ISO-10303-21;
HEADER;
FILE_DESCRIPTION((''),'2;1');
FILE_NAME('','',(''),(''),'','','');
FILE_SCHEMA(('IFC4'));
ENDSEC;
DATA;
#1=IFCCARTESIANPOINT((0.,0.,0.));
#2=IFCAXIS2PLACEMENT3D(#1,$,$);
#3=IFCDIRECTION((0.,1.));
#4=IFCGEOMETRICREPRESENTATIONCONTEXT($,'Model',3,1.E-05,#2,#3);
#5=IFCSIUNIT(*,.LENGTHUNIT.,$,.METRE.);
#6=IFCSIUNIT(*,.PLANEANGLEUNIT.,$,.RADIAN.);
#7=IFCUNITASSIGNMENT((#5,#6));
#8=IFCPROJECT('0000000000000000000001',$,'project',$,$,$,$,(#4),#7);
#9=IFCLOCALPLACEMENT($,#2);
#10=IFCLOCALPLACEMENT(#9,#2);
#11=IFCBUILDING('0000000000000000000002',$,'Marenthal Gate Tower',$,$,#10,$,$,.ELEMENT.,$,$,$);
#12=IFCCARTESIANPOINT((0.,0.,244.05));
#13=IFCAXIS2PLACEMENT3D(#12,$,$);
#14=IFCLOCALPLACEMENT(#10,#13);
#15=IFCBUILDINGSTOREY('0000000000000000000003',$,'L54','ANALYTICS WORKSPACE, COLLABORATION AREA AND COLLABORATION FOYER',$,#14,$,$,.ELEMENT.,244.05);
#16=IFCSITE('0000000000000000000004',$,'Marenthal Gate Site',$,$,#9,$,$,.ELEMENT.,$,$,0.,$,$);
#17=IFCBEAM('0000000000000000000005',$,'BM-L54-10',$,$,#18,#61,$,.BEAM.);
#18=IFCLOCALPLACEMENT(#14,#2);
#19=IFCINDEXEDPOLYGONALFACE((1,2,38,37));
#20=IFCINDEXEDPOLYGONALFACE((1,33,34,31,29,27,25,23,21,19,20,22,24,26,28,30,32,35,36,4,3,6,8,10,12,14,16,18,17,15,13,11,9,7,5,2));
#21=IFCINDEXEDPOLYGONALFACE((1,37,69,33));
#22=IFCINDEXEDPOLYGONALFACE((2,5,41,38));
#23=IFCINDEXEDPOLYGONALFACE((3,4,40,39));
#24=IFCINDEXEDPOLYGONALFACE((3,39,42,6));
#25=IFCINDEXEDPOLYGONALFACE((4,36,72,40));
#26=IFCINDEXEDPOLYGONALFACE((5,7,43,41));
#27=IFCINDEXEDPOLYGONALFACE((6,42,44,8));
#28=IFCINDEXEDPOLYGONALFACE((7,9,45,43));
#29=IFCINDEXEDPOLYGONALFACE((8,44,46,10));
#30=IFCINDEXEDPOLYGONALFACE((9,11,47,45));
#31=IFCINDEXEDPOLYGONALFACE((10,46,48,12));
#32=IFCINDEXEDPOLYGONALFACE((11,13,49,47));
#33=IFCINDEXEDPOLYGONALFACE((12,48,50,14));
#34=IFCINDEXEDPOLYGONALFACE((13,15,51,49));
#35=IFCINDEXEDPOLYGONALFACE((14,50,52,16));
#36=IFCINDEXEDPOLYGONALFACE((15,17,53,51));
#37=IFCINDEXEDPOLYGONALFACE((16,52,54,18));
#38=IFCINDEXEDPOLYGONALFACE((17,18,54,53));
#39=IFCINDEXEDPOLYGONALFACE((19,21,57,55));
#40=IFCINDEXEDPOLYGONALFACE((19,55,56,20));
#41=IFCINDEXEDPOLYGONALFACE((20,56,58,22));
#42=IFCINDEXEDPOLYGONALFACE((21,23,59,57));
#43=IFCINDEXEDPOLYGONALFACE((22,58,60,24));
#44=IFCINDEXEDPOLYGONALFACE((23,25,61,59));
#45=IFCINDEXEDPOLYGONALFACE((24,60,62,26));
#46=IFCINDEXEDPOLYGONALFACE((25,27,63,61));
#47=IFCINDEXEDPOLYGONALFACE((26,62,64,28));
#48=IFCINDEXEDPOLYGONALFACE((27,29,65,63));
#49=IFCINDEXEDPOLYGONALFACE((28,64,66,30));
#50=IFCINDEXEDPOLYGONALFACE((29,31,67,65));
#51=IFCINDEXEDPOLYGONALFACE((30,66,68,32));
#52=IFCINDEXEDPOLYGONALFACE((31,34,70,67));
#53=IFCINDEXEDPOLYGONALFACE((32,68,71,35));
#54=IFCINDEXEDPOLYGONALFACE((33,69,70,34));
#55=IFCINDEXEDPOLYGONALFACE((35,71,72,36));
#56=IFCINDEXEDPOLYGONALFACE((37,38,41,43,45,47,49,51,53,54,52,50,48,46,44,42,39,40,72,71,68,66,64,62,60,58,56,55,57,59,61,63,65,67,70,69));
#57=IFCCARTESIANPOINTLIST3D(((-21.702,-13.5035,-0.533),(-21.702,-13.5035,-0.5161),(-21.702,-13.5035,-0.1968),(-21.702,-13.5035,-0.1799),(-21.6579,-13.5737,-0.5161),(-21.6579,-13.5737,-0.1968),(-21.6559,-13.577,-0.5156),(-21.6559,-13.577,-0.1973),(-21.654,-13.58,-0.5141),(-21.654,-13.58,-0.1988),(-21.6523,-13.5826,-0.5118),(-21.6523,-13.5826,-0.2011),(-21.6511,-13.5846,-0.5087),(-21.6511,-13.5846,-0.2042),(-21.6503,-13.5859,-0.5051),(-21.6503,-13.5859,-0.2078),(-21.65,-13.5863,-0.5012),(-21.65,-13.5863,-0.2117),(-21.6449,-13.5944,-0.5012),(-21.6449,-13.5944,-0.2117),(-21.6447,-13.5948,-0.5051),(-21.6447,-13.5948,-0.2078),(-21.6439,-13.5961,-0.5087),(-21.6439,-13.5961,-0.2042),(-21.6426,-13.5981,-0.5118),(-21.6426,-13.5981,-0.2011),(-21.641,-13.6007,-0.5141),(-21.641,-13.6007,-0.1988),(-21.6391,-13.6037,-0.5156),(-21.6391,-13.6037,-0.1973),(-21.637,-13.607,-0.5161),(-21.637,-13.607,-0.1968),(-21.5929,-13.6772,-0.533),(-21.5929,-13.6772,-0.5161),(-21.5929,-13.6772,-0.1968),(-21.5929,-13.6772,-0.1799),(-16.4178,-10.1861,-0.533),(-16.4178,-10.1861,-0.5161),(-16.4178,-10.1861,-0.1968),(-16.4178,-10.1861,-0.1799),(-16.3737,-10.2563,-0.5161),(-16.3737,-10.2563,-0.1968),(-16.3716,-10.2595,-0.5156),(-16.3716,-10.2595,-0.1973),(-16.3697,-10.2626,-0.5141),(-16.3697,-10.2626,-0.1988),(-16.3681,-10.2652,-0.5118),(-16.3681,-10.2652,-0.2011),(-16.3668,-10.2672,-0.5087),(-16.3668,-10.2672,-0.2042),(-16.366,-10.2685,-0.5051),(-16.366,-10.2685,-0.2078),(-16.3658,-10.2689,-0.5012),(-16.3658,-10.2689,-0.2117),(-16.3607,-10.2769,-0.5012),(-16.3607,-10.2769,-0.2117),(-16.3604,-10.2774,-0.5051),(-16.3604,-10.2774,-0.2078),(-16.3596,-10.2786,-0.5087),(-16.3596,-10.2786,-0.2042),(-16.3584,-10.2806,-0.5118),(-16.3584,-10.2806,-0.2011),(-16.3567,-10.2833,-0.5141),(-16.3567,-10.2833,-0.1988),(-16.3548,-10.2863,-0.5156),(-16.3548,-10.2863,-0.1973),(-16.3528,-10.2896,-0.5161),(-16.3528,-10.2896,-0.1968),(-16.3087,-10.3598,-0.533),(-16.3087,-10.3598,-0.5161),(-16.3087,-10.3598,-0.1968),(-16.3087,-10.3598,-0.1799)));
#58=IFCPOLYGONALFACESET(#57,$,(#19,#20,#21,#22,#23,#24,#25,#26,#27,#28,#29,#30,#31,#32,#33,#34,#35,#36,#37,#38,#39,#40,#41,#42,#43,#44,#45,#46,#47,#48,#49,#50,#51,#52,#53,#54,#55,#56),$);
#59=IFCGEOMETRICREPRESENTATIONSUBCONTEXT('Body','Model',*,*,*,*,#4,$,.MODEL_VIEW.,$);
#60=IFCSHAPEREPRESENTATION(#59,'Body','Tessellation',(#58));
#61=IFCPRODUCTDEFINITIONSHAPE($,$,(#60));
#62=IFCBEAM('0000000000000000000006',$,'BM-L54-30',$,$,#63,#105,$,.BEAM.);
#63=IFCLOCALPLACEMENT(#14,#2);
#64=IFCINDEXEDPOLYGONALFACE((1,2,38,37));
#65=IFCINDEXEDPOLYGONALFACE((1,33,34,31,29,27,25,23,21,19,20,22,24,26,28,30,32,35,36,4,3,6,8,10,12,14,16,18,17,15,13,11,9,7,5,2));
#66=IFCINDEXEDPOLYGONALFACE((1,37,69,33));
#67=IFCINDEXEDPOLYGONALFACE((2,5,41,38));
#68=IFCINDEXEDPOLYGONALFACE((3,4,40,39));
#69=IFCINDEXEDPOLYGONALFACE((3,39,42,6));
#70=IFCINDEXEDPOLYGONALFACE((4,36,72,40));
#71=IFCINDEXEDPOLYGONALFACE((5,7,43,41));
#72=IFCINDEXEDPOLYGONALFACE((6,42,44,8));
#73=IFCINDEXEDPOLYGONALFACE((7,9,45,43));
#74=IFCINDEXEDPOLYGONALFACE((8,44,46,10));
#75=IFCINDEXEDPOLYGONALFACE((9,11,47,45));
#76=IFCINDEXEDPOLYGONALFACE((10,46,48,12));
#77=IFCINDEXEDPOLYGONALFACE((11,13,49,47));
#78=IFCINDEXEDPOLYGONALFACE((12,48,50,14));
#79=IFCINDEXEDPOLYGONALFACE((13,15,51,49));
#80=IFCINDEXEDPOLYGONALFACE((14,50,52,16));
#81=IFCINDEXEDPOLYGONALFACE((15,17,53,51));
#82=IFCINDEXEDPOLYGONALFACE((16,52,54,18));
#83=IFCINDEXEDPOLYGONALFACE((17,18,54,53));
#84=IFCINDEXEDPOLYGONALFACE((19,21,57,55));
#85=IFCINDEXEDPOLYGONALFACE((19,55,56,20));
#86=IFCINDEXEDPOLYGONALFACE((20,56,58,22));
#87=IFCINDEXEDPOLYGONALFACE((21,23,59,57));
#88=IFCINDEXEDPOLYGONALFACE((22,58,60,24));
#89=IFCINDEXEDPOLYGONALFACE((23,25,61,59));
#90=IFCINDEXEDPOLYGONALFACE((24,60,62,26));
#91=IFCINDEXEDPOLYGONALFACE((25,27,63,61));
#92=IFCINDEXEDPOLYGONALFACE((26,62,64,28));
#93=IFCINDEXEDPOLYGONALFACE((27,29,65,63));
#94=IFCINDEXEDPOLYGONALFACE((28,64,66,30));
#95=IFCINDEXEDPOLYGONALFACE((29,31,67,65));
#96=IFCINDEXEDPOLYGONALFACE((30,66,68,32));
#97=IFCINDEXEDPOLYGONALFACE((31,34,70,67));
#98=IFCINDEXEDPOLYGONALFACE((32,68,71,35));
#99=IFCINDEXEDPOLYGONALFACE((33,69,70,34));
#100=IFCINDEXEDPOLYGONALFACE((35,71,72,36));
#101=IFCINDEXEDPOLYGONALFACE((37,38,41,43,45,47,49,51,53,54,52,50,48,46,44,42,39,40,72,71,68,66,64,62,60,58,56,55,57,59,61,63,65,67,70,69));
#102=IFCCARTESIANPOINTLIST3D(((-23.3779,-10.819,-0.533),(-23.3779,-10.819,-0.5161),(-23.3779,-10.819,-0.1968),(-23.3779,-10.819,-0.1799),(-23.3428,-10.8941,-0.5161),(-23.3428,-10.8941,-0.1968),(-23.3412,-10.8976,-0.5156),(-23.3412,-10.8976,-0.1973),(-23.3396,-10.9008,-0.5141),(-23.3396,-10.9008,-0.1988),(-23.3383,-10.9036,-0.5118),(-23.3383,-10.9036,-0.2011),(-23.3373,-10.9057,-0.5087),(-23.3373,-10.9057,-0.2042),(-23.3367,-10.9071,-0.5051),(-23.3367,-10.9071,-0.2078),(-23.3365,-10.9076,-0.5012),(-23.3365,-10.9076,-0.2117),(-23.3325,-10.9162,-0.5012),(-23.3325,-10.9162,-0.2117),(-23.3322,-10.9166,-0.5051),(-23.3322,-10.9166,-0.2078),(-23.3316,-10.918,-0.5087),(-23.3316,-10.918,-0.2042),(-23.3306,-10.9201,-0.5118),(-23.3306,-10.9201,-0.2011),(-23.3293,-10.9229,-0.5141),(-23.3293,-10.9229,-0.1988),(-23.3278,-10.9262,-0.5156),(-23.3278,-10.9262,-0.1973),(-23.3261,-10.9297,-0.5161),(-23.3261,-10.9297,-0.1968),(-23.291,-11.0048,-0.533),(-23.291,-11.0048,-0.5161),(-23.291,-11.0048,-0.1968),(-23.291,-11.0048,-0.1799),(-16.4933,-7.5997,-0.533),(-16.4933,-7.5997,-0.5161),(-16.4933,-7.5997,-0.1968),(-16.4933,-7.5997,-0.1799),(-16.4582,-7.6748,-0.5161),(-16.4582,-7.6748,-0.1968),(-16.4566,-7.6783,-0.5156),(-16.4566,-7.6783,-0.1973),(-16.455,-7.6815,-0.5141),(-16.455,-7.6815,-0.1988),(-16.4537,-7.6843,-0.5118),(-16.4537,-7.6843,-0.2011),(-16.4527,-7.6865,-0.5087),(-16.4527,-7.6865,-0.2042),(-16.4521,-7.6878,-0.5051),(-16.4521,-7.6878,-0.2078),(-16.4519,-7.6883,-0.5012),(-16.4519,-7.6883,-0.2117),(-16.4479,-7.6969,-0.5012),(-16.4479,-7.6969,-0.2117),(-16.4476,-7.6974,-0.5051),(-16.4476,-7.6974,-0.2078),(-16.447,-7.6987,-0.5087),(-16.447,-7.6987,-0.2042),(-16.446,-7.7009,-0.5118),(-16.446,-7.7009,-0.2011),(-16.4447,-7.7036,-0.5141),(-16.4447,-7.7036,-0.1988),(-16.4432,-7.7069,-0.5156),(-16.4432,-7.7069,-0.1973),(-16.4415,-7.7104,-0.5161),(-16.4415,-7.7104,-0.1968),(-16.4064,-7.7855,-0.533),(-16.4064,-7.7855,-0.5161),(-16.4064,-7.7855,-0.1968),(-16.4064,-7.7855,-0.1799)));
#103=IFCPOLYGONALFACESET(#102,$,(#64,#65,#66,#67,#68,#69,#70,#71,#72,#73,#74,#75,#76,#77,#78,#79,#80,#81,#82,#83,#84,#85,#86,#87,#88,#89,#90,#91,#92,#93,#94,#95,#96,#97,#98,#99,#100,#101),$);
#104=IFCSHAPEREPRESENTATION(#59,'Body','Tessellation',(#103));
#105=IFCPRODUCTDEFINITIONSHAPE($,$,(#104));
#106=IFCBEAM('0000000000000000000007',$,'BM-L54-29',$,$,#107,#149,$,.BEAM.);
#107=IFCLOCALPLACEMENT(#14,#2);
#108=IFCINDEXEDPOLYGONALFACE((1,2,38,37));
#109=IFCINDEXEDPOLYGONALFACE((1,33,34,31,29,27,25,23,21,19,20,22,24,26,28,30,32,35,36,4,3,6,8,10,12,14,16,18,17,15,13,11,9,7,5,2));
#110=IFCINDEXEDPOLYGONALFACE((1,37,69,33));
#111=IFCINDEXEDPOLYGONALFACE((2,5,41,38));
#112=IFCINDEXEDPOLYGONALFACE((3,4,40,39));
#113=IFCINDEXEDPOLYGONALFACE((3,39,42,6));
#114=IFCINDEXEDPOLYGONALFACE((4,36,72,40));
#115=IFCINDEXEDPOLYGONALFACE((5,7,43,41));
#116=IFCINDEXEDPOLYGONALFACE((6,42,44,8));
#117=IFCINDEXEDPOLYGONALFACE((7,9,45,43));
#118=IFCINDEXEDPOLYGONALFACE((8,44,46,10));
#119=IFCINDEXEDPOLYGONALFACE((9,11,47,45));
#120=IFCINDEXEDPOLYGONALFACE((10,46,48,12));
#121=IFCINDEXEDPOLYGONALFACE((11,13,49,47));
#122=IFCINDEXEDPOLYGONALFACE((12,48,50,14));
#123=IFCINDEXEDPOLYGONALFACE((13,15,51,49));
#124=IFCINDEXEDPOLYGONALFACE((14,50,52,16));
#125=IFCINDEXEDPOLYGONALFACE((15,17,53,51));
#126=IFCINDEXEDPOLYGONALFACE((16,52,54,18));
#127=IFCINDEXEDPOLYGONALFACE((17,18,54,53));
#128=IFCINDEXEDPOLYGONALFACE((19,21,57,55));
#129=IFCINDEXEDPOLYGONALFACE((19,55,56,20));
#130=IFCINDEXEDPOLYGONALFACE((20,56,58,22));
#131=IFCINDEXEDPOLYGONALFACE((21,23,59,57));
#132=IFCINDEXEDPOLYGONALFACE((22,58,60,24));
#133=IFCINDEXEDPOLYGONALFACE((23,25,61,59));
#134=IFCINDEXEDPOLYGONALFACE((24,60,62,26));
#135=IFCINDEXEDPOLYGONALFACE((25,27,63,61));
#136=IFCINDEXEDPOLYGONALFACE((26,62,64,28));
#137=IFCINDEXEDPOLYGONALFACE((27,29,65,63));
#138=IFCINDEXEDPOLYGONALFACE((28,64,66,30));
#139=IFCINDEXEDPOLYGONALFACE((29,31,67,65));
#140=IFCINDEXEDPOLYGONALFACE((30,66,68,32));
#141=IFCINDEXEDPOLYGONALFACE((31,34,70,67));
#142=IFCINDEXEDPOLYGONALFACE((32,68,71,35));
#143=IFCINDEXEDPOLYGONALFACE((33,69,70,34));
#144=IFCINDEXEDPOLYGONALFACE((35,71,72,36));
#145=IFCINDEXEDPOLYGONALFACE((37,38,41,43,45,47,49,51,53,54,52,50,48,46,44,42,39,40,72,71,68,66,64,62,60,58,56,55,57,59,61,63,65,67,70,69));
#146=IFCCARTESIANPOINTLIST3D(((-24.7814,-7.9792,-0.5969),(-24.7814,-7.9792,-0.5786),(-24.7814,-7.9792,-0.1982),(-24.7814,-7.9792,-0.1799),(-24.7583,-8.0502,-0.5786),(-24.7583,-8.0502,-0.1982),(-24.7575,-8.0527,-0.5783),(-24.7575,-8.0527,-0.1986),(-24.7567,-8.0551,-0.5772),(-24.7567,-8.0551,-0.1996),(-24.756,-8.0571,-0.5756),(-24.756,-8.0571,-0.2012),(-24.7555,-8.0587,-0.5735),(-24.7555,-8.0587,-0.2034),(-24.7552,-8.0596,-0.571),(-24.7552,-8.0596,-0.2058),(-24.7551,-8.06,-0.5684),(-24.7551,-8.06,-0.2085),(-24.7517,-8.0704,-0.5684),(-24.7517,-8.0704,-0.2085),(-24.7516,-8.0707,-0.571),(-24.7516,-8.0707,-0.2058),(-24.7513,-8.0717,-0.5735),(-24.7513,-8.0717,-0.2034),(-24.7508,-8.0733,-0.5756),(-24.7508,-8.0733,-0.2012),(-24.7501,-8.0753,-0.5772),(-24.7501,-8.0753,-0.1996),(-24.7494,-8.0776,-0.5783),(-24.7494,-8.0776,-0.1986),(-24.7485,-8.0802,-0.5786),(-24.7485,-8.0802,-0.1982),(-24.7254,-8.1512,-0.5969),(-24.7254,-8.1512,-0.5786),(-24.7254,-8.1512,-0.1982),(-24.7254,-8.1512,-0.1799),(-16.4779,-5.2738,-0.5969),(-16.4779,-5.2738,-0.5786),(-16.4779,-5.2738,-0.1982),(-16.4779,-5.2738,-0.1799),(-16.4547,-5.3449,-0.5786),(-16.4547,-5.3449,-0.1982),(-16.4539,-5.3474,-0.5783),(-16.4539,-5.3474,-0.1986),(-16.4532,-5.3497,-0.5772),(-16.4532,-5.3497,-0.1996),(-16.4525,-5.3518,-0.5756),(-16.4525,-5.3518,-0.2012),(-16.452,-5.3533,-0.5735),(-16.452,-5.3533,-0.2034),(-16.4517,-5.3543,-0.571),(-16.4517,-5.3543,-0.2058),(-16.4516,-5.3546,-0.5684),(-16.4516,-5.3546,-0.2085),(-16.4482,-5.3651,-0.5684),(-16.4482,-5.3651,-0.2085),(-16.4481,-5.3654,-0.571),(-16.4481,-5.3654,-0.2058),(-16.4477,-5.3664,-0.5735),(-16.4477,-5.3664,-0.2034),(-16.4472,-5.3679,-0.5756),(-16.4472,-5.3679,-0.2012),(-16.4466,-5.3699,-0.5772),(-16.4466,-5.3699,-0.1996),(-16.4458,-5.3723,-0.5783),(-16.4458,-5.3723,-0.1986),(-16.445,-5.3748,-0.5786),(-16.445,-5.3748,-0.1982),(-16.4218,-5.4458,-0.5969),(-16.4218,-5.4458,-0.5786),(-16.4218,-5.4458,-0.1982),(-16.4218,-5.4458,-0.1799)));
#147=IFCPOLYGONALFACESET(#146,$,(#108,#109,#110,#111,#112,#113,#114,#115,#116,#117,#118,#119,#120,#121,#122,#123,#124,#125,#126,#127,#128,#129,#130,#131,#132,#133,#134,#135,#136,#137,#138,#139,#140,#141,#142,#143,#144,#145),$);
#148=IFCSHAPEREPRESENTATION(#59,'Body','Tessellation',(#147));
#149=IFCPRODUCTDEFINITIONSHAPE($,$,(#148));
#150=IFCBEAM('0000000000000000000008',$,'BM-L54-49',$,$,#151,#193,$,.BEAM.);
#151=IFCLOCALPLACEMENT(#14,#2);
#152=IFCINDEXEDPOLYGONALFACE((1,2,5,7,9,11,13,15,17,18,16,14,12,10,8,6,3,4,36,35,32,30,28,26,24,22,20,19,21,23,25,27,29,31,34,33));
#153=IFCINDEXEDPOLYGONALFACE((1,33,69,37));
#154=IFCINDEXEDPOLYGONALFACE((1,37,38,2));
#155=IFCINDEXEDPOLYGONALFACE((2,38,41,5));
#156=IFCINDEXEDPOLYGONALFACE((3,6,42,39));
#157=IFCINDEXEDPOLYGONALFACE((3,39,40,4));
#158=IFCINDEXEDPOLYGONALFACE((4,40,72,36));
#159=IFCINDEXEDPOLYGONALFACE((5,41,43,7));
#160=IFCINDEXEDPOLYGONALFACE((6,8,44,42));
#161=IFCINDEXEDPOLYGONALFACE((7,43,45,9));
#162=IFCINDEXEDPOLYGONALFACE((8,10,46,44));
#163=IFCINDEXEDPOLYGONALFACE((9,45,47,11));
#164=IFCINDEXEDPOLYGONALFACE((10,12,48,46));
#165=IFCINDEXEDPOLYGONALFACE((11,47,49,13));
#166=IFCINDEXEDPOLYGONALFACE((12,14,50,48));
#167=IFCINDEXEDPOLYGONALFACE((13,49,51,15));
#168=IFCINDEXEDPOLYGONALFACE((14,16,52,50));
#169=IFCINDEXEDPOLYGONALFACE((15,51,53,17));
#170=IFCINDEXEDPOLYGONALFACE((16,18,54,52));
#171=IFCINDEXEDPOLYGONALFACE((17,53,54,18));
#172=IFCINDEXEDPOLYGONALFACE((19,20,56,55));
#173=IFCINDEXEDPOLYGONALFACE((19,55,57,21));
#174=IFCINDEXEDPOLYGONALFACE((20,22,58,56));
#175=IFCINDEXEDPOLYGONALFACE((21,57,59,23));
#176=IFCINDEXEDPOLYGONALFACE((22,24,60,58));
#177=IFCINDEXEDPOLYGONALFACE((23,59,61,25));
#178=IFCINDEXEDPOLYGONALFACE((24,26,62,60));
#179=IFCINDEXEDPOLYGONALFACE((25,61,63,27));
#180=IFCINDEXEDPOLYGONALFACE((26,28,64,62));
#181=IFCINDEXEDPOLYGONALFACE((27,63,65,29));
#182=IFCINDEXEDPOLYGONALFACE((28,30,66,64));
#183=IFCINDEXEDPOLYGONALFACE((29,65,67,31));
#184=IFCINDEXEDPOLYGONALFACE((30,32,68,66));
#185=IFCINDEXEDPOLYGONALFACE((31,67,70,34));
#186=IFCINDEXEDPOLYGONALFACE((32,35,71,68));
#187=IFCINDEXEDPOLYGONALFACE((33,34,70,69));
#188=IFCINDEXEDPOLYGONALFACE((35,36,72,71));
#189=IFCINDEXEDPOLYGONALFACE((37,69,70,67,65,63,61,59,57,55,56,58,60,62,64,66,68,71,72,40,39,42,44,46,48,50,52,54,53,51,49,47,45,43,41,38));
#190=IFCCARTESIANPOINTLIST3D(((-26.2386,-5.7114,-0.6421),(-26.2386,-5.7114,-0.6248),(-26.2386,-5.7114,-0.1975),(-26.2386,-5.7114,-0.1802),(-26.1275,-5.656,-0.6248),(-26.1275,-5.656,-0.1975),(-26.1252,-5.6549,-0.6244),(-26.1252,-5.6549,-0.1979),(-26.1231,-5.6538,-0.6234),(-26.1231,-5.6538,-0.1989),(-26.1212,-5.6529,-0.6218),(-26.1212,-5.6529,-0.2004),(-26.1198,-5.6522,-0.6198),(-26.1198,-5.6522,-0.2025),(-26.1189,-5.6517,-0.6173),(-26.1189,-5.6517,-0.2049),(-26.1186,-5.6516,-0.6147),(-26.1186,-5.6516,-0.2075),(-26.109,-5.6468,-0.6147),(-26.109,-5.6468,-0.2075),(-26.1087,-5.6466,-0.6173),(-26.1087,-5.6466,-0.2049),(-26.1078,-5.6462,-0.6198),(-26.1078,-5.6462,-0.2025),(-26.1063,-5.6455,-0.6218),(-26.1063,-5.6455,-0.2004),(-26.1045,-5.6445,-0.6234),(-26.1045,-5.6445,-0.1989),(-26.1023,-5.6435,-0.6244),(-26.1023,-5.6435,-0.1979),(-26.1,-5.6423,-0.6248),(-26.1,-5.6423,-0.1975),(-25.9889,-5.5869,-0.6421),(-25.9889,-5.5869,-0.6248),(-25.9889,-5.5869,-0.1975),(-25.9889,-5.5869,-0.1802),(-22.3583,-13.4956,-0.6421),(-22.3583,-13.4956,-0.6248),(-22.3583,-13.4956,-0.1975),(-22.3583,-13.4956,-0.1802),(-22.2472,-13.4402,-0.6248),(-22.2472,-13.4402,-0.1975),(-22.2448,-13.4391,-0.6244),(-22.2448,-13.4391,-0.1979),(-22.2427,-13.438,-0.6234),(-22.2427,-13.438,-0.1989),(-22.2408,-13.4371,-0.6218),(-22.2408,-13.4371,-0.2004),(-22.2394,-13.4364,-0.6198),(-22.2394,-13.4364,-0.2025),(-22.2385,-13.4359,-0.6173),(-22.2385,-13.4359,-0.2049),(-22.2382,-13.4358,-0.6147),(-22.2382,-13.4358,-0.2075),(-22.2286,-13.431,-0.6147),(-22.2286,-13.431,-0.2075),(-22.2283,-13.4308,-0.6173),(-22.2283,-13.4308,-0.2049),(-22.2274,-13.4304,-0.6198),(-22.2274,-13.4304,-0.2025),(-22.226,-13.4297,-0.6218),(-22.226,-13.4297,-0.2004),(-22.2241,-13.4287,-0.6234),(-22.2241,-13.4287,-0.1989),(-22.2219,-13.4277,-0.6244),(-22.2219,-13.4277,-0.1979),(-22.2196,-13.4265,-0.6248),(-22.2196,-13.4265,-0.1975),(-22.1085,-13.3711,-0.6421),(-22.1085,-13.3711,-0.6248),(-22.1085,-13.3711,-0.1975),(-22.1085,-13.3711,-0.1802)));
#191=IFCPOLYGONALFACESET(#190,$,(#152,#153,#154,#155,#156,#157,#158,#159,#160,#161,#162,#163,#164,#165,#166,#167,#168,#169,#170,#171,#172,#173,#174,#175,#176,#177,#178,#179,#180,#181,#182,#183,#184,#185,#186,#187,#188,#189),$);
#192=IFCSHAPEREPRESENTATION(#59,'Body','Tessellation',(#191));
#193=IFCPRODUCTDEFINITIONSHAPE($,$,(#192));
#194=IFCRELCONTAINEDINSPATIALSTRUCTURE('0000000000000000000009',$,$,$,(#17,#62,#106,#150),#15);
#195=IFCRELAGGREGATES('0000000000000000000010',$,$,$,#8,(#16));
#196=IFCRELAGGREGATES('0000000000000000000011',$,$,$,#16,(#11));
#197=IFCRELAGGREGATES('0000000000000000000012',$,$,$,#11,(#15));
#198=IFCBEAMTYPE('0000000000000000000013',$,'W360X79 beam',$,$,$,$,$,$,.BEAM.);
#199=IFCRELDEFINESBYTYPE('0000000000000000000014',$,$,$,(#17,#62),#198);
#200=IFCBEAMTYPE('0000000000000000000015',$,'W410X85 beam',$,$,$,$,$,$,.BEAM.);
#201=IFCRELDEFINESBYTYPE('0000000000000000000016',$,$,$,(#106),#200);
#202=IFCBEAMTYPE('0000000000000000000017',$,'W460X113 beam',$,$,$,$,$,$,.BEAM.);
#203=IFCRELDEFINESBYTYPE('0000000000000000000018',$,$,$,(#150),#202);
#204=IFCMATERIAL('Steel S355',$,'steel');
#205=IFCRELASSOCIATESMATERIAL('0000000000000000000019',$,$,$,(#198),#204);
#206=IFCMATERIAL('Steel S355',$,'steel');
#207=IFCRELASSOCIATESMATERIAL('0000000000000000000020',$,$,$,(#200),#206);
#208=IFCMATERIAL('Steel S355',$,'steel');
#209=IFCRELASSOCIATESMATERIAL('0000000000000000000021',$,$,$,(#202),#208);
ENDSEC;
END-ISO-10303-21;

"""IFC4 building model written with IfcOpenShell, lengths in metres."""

from ifc_helpers import new_model, si_unit, direction, frame, origin, origin_2d, place, context, subcontext, project, spatial, i_section, extrude, material, material_profile, profile_set, type_object, element, save


model = new_model("IFC4")

# Units and contexts
model_context = context("Model", 3, precision=1e-05, world=origin(), true_north=direction((0.0, 1.0)))
body_context = subcontext(model_context, "Body", "Model", "MODEL_VIEW")
ifc_project = project(units=[si_unit("LENGTHUNIT", "METRE"), si_unit("PLANEANGLEUNIT", "RADIAN")], contexts=[model_context])

# Site, building, storey
site_placement = place(None, origin())
site = spatial("IfcSite", under=ifc_project, at=site_placement, Name="Marenthal Gate Site", CompositionType="ELEMENT", RefElevation=0.0)
building_placement = place(site_placement, origin())
building = spatial("IfcBuilding", under=site, at=building_placement, Name="Marenthal Gate Tower", CompositionType="ELEMENT")
storey_placement = place(building_placement, frame((0.0, 0.0, 244.05)))
storey = spatial("IfcBuildingStorey", under=building, at=storey_placement, Name="L54", Description="ANALYTICS WORKSPACE, COLLABORATION AREA AND COLLABORATION FOYER", CompositionType="ELEMENT", Elevation=244.05)

# Beams
ifc_material_1 = material(Name="Steel S355", Category="steel")
ifc_material_profile_1 = material_profile(ifc_material_1, i_section(OverallWidth=0.2051, OverallDepth=0.353, WebThickness=0.0095, FlangeThickness=0.0168, FilletRadius=0.0149, at=origin_2d()), Name="W360X79")
ifc_profile_set_1 = profile_set([ifc_material_profile_1], Name="Steel S355")
beam_type_1 = type_object("IfcBeamType", Name="W360X79 beam", PredefinedType="BEAM", material=ifc_profile_set_1)
beam_1_placement = place(storey_placement, frame((-21.6475, -13.5903, -0.3564), z_axis=(0.846933, 0.5317, 0.0), x_axis=(-0.5317, 0.846933, 0.0)))
element("IfcBeam", 1, at=beam_1_placement, inside=storey, type_object=beam_type_1, Name="BM-L54-10", PredefinedType="BEAM", context=body_context, shape_type="SweptSolid", body=[
    extrude(i_section(OverallWidth=0.2051, OverallDepth=0.353, WebThickness=0.0095, FlangeThickness=0.0168, FilletRadius=0.0149, at=origin_2d()), origin(), (0.0, 0.0, 1.0), 6.2393),
])
beam_2_placement = place(storey_placement, frame((-23.3345, -10.9119, -0.3564), z_axis=(0.905857, 0.423584, 0.0), x_axis=(-0.423584, 0.905857, 0.0)))
element("IfcBeam", 2, at=beam_2_placement, inside=storey, type_object=beam_type_1, Name="BM-L54-30", PredefinedType="BEAM", context=body_context, shape_type="SweptSolid", body=[
    extrude(i_section(OverallWidth=0.2051, OverallDepth=0.353, WebThickness=0.0095, FlangeThickness=0.0168, FilletRadius=0.0149, at=origin_2d()), origin(), (0.0, 0.0, 1.0), 7.6001),
])
ifc_material_2 = material(Name="Steel S355", Category="steel")
ifc_material_profile_2 = material_profile(ifc_material_2, i_section(OverallWidth=0.1809, OverallDepth=0.417, WebThickness=0.011, FlangeThickness=0.0183, FilletRadius=0.0103, at=origin_2d()), Name="W410X85")
ifc_profile_set_2 = profile_set([ifc_material_profile_2], Name="Steel S355")
beam_type_2 = type_object("IfcBeamType", Name="W410X85 beam", PredefinedType="BEAM", material=ifc_profile_set_2)
beam_3_placement = place(storey_placement, frame((-24.7534, -8.0652, -0.3884), z_axis=(0.950808, 0.309779, 0.0), x_axis=(-0.309779, 0.950808, 0.0)))
element("IfcBeam", 3, at=beam_3_placement, inside=storey, type_object=beam_type_2, Name="BM-L54-29", PredefinedType="BEAM", context=body_context, shape_type="SweptSolid", body=[
    extrude(i_section(OverallWidth=0.1809, OverallDepth=0.417, WebThickness=0.011, FlangeThickness=0.0183, FilletRadius=0.0103, at=origin_2d()), origin(), (0.0, 0.0, 1.0), 8.7332),
])
ifc_material_3 = material(Name="Steel S355", Category="steel")
ifc_material_profile_3 = material_profile(ifc_material_3, i_section(OverallWidth=0.2791, OverallDepth=0.4619, WebThickness=0.0107, FlangeThickness=0.0173, FilletRadius=0.01, at=origin_2d()), Name="W460X113")
ifc_profile_set_3 = profile_set([ifc_material_profile_3], Name="Steel S355")
beam_type_3 = type_object("IfcBeamType", Name="W460X113 beam", PredefinedType="BEAM", material=ifc_profile_set_3)
beam_4_placement = place(storey_placement, frame((-26.1138, -5.6492, -0.4111), z_axis=(0.446135, -0.894965, 0.0), x_axis=(0.894965, 0.446135, 0.0)))
element("IfcBeam", 4, at=beam_4_placement, inside=storey, type_object=beam_type_3, Name="BM-L54-49", PredefinedType="BEAM", context=body_context, shape_type="SweptSolid", body=[
    extrude(i_section(OverallWidth=0.2791, OverallDepth=0.4619, WebThickness=0.0107, FlangeThickness=0.0173, FilletRadius=0.01, at=origin_2d()), origin(), (0.0, 0.0, 1.0), 8.6978),
])

save(model, "model.ifc")
